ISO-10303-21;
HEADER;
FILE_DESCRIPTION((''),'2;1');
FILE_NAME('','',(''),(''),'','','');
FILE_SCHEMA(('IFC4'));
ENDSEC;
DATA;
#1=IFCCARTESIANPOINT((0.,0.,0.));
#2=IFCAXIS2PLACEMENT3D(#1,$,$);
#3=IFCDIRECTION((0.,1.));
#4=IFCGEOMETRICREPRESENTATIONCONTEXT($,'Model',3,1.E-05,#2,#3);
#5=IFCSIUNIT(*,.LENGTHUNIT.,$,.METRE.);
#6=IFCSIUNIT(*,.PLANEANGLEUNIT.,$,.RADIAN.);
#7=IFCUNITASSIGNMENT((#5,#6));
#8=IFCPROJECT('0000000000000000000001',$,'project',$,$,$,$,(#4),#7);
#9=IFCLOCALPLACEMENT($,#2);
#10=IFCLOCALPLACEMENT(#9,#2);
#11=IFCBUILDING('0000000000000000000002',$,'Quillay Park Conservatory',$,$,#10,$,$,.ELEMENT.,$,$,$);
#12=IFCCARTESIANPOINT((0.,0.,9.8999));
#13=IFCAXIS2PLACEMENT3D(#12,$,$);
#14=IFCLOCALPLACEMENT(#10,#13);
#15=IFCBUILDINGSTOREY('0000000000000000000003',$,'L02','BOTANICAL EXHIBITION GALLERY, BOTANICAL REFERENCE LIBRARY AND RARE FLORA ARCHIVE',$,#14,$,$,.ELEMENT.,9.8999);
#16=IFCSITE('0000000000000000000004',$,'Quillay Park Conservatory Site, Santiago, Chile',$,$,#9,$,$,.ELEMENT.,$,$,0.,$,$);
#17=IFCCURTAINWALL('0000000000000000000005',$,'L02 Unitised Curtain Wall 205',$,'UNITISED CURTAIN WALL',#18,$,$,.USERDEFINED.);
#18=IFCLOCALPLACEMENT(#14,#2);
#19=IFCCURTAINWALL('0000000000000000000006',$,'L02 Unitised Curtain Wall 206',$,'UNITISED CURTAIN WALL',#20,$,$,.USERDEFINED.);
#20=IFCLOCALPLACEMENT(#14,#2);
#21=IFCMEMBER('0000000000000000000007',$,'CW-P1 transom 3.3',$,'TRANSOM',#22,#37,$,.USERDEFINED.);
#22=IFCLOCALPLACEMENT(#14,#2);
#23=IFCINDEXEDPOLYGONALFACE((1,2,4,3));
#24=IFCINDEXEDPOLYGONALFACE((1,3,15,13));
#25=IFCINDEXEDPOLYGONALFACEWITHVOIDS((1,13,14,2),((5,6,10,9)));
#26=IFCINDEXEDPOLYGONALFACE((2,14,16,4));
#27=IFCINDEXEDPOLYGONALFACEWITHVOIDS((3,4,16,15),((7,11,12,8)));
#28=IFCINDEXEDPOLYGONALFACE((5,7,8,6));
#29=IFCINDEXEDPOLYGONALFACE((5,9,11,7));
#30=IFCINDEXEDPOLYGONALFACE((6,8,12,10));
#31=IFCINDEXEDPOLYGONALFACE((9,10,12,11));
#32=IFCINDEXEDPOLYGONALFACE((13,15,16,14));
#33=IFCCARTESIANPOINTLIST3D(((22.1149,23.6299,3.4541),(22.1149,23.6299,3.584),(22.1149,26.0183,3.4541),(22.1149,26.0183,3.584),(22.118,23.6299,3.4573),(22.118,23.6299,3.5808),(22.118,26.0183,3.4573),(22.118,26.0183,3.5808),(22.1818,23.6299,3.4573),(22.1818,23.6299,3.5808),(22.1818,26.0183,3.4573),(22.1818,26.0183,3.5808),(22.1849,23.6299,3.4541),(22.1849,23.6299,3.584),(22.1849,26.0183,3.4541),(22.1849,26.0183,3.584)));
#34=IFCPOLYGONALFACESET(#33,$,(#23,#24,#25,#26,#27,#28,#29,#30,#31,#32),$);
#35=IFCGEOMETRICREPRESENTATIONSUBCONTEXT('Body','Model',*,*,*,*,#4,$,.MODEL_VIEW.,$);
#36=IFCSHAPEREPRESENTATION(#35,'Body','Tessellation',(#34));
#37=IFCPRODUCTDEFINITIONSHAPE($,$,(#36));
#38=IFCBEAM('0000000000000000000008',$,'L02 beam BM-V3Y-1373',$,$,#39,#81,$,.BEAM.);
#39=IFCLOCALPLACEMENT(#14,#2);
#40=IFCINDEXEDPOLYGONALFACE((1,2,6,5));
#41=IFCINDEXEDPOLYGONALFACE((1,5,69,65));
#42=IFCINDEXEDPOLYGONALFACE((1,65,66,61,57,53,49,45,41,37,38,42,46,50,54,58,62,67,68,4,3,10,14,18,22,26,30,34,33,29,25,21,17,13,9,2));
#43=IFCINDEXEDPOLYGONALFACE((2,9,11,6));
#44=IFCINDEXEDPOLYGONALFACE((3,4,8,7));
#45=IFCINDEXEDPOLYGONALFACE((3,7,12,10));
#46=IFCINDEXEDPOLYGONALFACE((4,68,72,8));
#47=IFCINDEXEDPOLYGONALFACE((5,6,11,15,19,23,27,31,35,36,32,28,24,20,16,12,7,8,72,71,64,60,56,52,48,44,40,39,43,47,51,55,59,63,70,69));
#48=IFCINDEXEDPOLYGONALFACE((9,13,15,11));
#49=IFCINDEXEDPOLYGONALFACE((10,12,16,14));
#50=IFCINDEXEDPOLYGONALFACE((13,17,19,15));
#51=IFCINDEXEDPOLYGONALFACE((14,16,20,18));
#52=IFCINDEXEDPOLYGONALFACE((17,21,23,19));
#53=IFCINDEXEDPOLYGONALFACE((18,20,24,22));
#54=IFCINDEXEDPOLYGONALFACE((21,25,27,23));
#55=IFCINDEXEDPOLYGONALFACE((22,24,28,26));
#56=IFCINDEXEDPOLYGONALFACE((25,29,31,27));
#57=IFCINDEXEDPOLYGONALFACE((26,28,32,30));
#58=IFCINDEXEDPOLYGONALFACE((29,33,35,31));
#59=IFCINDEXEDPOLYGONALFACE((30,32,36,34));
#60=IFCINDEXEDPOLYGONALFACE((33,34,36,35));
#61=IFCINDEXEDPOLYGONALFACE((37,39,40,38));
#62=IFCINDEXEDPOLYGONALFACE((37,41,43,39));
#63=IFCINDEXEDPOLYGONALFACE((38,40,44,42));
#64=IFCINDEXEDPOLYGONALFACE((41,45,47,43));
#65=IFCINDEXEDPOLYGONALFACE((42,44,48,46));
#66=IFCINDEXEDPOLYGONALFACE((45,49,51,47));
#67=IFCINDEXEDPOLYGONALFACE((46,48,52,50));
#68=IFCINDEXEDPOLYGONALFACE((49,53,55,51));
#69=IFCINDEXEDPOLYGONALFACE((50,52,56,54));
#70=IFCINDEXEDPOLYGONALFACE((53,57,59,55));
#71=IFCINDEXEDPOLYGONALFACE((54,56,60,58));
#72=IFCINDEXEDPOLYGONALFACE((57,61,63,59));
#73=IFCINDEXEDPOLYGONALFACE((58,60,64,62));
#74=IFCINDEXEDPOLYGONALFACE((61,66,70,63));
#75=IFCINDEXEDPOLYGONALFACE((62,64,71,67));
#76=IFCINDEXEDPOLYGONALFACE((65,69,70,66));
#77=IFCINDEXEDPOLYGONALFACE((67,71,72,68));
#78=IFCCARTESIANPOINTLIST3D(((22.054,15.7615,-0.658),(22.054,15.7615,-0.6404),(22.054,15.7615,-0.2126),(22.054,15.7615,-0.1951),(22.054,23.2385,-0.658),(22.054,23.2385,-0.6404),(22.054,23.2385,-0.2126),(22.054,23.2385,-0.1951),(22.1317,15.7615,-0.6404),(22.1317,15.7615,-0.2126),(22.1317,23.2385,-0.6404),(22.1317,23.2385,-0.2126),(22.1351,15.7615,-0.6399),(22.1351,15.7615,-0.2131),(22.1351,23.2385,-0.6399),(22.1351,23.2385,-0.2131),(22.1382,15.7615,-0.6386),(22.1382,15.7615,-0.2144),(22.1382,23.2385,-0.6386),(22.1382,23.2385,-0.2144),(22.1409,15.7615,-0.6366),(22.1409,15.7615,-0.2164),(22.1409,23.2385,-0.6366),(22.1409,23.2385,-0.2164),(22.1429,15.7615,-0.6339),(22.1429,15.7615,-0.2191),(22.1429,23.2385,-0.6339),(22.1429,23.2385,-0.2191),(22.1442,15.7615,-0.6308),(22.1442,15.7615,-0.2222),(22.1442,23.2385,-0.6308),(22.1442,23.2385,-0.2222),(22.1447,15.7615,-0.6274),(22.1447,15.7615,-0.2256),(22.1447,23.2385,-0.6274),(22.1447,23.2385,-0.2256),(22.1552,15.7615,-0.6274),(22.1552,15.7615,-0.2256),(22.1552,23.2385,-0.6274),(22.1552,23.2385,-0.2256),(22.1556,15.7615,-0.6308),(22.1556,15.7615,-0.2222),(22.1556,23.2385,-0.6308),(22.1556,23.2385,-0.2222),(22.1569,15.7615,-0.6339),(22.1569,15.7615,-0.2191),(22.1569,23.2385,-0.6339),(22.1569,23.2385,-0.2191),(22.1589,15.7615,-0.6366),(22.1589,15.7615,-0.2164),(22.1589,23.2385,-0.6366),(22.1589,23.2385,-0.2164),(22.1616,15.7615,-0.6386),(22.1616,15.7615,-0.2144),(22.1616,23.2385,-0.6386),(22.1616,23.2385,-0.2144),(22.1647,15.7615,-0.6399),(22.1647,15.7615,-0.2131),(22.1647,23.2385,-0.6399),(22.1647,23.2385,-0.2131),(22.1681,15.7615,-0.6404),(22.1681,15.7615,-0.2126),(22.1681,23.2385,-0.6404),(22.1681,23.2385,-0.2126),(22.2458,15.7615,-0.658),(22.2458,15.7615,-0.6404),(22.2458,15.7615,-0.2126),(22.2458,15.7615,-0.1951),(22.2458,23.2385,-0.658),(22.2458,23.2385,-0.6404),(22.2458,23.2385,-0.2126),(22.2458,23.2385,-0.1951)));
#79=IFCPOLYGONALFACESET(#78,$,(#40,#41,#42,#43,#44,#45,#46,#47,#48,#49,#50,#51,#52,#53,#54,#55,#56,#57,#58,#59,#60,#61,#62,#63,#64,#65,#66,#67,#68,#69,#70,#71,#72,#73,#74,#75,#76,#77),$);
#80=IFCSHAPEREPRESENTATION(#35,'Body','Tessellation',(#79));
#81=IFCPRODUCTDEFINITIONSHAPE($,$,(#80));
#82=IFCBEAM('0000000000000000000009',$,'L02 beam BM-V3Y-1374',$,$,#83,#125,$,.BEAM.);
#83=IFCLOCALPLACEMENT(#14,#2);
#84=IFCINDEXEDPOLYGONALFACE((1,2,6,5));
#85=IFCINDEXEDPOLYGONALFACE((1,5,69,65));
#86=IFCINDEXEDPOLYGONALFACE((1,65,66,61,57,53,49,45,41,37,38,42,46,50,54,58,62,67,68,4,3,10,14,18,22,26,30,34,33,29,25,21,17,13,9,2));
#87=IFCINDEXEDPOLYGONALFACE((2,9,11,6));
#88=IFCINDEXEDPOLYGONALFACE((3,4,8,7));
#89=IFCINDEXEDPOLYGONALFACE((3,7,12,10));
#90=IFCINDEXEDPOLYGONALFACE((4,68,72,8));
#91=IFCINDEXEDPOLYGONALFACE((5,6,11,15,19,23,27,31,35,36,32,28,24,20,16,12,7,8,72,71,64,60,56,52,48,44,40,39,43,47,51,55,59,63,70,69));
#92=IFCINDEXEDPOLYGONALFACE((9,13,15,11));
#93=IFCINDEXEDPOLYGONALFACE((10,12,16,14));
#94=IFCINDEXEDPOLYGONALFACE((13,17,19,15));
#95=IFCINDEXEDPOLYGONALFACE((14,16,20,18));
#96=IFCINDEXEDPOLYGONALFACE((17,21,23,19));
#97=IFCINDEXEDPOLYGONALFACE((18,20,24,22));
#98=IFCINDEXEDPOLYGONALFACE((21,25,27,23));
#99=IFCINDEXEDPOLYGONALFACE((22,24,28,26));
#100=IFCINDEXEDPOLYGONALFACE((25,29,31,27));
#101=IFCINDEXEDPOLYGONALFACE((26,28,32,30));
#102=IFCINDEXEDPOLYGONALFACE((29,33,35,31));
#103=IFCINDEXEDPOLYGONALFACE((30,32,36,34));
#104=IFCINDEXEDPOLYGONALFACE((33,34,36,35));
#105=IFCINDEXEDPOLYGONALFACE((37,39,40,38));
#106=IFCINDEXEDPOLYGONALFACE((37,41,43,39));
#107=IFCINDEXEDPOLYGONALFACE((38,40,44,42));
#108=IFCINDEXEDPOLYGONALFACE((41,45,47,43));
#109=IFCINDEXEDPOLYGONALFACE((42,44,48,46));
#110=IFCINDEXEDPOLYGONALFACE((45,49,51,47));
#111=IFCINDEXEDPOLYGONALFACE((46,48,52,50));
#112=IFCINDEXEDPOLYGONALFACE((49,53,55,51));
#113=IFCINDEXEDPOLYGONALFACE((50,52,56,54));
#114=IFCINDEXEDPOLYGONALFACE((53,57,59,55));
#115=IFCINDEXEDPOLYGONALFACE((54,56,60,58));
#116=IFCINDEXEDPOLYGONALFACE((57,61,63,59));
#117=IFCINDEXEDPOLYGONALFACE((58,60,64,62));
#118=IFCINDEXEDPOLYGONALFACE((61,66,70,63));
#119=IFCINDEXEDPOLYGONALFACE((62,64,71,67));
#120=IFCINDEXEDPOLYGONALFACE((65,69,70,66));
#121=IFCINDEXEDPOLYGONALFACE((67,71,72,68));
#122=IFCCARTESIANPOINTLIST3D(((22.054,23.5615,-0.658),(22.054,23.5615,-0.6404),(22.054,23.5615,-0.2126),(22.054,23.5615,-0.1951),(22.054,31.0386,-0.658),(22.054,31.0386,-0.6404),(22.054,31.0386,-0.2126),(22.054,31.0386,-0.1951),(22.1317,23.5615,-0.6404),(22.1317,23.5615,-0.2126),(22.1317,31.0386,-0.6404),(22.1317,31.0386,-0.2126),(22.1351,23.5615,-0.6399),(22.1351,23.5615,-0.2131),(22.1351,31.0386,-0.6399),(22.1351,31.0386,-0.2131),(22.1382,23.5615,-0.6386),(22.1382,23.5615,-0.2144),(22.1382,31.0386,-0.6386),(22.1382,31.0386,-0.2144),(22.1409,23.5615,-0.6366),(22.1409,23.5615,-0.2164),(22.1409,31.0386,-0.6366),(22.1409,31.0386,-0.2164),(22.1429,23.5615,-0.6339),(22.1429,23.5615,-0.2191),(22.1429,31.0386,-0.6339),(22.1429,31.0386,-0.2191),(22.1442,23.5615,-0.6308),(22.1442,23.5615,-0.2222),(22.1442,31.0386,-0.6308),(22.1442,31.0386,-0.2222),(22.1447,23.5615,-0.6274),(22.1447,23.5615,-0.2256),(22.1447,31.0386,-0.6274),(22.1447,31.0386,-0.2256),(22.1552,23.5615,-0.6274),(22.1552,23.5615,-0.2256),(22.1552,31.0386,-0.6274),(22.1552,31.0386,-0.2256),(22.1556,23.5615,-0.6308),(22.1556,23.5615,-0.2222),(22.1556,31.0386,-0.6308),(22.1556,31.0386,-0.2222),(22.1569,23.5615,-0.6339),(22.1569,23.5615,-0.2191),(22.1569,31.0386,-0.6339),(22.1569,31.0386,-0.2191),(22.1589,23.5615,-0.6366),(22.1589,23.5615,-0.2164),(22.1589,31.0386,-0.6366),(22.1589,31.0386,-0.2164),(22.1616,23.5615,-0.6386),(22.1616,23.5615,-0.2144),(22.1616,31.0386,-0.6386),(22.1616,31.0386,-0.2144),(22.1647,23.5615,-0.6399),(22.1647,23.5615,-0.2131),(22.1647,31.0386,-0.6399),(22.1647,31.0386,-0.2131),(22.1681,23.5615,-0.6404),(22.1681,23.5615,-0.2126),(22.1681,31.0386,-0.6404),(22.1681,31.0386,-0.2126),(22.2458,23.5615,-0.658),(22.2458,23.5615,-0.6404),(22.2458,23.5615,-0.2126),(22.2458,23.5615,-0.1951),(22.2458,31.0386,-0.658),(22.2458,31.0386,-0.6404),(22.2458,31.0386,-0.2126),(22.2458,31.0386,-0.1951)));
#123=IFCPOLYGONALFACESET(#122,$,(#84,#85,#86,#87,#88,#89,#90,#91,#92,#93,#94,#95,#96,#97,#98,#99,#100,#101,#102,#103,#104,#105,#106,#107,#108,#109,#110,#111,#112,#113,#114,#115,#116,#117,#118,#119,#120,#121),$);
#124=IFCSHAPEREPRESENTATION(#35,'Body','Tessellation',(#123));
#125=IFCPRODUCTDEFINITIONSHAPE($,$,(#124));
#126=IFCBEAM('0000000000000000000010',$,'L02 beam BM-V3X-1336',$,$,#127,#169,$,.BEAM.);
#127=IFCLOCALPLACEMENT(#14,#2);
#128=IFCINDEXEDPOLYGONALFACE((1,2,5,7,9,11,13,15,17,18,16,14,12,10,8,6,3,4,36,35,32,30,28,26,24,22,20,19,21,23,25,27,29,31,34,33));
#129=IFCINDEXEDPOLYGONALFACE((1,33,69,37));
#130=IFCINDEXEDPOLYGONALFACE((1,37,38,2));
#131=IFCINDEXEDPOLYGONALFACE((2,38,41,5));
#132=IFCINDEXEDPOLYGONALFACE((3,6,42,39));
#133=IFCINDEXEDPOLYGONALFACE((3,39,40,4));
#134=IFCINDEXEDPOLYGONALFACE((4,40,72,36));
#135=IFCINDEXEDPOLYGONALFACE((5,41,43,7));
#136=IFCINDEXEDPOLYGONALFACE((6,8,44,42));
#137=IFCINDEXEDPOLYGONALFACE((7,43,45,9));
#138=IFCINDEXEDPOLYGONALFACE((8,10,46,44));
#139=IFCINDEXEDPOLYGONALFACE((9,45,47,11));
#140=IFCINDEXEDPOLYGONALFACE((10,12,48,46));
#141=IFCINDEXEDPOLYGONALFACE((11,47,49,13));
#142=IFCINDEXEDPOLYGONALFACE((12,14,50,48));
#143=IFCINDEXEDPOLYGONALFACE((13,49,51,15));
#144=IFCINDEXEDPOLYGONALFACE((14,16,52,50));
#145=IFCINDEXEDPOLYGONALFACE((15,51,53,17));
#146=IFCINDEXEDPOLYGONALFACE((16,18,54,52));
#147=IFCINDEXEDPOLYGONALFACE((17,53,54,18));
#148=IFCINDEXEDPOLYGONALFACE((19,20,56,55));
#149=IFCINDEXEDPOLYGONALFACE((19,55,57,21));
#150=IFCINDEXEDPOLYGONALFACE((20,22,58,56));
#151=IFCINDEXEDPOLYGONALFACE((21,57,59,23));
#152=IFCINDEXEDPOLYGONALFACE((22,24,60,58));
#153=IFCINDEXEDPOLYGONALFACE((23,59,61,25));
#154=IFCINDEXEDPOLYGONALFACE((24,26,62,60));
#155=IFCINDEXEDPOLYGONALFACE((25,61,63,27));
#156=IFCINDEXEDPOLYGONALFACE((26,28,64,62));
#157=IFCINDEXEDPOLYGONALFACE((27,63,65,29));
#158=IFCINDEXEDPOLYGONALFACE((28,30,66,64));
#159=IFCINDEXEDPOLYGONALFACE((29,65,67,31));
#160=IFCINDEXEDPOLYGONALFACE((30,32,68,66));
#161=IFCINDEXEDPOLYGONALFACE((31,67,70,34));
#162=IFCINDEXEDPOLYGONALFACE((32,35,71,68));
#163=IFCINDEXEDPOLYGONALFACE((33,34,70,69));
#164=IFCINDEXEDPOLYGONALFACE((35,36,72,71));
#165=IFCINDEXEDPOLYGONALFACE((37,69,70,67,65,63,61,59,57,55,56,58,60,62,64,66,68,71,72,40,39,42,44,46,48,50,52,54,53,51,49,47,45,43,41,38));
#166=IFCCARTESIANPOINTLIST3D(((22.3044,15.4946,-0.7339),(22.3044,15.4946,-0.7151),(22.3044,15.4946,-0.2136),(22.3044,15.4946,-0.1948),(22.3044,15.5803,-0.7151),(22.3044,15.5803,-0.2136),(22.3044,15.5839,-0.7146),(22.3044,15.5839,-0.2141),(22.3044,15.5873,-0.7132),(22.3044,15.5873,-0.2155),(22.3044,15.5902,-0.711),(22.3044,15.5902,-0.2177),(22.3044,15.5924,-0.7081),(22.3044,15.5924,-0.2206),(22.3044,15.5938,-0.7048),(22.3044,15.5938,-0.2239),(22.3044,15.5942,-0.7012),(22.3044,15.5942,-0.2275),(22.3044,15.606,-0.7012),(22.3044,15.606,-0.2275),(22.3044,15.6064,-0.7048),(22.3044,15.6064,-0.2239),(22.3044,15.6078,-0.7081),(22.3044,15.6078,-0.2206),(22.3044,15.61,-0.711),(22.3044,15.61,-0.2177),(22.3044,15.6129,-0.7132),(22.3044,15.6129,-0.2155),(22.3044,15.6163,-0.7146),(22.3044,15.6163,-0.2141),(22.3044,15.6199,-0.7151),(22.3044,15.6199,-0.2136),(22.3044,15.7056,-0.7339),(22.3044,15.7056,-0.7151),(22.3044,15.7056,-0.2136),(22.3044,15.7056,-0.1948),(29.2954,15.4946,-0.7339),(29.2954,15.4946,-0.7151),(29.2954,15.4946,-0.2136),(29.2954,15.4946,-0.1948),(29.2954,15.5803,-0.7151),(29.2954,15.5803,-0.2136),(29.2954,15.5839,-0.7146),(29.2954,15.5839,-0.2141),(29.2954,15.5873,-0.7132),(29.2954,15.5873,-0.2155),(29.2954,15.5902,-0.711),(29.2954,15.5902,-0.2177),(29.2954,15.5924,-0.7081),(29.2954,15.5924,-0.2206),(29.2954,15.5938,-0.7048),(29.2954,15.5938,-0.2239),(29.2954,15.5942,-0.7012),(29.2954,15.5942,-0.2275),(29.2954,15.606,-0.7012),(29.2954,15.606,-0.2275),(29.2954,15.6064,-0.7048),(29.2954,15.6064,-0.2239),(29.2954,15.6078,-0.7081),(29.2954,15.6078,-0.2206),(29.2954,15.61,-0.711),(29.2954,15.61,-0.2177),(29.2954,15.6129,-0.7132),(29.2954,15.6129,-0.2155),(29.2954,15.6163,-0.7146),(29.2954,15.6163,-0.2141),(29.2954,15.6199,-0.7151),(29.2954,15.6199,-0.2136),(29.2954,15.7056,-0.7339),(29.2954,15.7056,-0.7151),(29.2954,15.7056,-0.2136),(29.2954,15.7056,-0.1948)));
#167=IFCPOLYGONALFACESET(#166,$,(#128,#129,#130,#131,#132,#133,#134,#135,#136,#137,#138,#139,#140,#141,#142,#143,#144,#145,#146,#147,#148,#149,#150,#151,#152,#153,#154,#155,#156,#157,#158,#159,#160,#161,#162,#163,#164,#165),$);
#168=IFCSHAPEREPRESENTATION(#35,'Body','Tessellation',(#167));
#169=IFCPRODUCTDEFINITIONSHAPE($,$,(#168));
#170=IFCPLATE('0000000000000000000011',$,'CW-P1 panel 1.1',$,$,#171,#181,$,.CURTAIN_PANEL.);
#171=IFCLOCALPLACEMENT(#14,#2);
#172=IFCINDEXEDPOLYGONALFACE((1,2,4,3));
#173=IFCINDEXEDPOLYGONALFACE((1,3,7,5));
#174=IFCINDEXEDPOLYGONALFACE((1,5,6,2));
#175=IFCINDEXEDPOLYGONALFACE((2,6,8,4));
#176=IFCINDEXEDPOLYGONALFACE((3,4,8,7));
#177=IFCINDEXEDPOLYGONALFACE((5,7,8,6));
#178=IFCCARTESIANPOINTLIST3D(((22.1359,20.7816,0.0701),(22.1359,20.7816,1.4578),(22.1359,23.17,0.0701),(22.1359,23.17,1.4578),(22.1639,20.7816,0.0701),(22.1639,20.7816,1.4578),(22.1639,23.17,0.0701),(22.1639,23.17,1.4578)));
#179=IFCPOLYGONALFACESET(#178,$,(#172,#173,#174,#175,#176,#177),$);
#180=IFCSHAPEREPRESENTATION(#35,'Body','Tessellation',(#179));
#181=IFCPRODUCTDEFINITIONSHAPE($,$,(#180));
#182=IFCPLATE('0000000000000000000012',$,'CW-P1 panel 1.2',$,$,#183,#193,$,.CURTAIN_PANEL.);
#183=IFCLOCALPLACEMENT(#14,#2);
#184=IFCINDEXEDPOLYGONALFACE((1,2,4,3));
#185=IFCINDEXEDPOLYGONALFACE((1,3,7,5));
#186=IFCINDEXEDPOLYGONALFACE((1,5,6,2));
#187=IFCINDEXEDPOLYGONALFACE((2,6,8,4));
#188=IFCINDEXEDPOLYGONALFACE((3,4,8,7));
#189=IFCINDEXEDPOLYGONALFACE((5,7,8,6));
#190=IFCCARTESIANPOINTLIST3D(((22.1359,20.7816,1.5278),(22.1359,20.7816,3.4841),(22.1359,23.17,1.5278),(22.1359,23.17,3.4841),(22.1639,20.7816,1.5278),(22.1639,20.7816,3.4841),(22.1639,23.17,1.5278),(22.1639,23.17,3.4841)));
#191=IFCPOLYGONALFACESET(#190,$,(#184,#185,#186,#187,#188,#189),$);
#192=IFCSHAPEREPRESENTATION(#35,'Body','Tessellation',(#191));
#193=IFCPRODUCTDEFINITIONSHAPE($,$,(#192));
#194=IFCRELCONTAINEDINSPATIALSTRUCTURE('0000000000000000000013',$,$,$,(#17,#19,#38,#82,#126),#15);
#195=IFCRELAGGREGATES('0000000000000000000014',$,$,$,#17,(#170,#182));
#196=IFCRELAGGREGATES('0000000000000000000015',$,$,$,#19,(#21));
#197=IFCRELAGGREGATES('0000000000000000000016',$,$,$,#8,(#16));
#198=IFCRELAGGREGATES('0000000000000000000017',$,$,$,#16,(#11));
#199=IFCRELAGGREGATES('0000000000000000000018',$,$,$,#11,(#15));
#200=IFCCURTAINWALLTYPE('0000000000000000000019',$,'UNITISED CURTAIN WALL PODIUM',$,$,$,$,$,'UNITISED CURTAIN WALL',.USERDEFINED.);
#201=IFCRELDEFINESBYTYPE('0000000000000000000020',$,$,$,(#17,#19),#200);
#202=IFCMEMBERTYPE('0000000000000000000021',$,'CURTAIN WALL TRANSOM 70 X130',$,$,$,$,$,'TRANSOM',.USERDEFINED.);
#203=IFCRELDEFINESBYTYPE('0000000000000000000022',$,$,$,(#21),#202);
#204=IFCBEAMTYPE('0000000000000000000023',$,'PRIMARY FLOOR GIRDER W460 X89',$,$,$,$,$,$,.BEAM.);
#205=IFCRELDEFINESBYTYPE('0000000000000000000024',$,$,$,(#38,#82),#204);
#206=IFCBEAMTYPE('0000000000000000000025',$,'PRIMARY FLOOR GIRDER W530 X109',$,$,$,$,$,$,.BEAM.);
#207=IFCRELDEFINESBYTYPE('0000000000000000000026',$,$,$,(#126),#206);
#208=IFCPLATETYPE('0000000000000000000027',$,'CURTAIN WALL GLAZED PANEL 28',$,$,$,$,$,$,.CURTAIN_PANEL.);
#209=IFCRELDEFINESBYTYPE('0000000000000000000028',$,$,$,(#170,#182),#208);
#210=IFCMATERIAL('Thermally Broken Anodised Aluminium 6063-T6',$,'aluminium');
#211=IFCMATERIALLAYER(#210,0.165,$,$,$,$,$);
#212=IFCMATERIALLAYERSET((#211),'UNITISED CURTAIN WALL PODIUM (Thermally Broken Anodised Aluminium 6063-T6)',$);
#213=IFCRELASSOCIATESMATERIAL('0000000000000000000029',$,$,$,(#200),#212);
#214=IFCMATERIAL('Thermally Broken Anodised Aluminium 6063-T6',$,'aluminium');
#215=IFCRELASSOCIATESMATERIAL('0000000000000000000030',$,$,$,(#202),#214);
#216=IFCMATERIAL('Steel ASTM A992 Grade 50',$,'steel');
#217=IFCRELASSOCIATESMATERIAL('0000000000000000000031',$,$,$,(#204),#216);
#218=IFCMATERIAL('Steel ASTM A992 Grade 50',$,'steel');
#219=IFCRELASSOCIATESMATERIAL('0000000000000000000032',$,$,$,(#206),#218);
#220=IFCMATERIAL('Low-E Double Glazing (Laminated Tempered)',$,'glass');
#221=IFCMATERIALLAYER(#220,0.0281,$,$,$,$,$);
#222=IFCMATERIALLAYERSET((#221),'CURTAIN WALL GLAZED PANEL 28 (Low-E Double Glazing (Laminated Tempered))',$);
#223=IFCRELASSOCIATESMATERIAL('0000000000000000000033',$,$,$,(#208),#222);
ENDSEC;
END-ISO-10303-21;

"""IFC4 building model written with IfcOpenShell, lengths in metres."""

from ifc_helpers import new_model, si_unit, direction, frame, origin, origin_2d, place, context, subcontext, project, spatial, rectangle, hollow_rectangle, i_section, extrude, material, layer, layer_set, material_profile, profile_set, type_object, element, aggregate, save


model = new_model("IFC4")

# Units and contexts
model_context = context("Model", 3, precision=1e-05, world=origin(), true_north=direction((0.0, 1.0)))
body_context = subcontext(model_context, "Body", "Model", "MODEL_VIEW")
ifc_project = project(units=[si_unit("LENGTHUNIT", "METRE"), si_unit("PLANEANGLEUNIT", "RADIAN")], contexts=[model_context])

# Site, building, storey
site_placement = place(None, origin())
site = spatial("IfcSite", under=ifc_project, at=site_placement, Name="Quillay Park Conservatory Site, Santiago, Chile", CompositionType="ELEMENT", RefElevation=0.0)
building_placement = place(site_placement, origin())
building = spatial("IfcBuilding", under=site, at=building_placement, Name="Quillay Park Conservatory", CompositionType="ELEMENT")
storey_placement = place(building_placement, frame((0.0, 0.0, 9.8999)))
storey = spatial("IfcBuildingStorey", under=building, at=storey_placement, Name="L02", Description="BOTANICAL EXHIBITION GALLERY, BOTANICAL REFERENCE LIBRARY AND RARE FLORA ARCHIVE", CompositionType="ELEMENT", Elevation=9.8999)

# Curtain walls
ifc_material_1 = material(Name="Thermally Broken Anodised Aluminium 6063-T6", Category="aluminium")
ifc_layer_1 = layer(ifc_material_1, 0.165)
ifc_layer_set_1 = layer_set([ifc_layer_1], Name="UNITISED CURTAIN WALL PODIUM (Thermally Broken Anodised Aluminium 6063-T6)")
curtain_wall_type = type_object("IfcCurtainWallType", Name="UNITISED CURTAIN WALL PODIUM", ElementType="UNITISED CURTAIN WALL", PredefinedType="USERDEFINED", material=ifc_layer_set_1)
curtain_wall_1_placement = place(storey_placement, origin())
curtain_wall_1 = element("IfcCurtainWall", 1, at=curtain_wall_1_placement, inside=storey, type_object=curtain_wall_type, Name="L02 Unitised Curtain Wall 205", ObjectType="UNITISED CURTAIN WALL", PredefinedType="USERDEFINED")
curtain_wall_2_placement = place(storey_placement, origin())
curtain_wall_2 = element("IfcCurtainWall", 2, at=curtain_wall_2_placement, inside=storey, type_object=curtain_wall_type, Name="L02 Unitised Curtain Wall 206", ObjectType="UNITISED CURTAIN WALL", PredefinedType="USERDEFINED")

# Member
ifc_material_2 = material(Name="Thermally Broken Anodised Aluminium 6063-T6", Category="aluminium")
ifc_material_profile_1 = material_profile(ifc_material_2, hollow_rectangle(XDim=0.0701, YDim=0.1299, WallThickness=0.0032, at=origin_2d()), Name="AL70x130x3.2")
ifc_profile_set_1 = profile_set([ifc_material_profile_1], Name="Thermally Broken Anodised Aluminium 6063-T6")
member_type_1 = type_object("IfcMemberType", Name="CURTAIN WALL TRANSOM 70 X130", ElementType="TRANSOM", PredefinedType="USERDEFINED", material=ifc_profile_set_1)
member_1_placement = place(storey_placement, frame((22.1499, 26.0183, 3.519), z_axis=(0.0, -1.0, 0.0), x_axis=(1.0, 0.0, 0.0)))
member_1 = element("IfcMember", 3, at=member_1_placement, type_object=member_type_1, Name="CW-P1 transom 3.3", ObjectType="TRANSOM", PredefinedType="USERDEFINED", context=body_context, shape_type="SweptSolid", body=[
    extrude(hollow_rectangle(XDim=0.0701, YDim=0.1299, WallThickness=0.0032, at=origin_2d()), origin(), (0.0, 0.0, 1.0), 2.3884),
])

# Beams
ifc_material_3 = material(Name="Steel ASTM A992 Grade 50", Category="steel")
ifc_material_profile_2 = material_profile(ifc_material_3, i_section(OverallWidth=0.1919, OverallDepth=0.4629, WebThickness=0.0105, FlangeThickness=0.0176, FilletRadius=0.0129, at=origin_2d()), Name="W460x89")
ifc_profile_set_2 = profile_set([ifc_material_profile_2], Name="Steel ASTM A992 Grade 50")
beam_type_1 = type_object("IfcBeamType", Name="PRIMARY FLOOR GIRDER W460 X89", PredefinedType="BEAM", material=ifc_profile_set_2)
for number, where, z_axis, x_axis, name in (
    (4, (22.1499, 15.7615, -0.4265), (0.0, 1.0, 0.0), (-1.0, 0.0, 0.0), "L02 beam BM-V3Y-1373"),
    (5, (22.1499, 23.5615, -0.4265), (0.0, 1.0, 0.0), (-1.0, 0.0, 0.0), "L02 beam BM-V3Y-1374"),
):
    element("IfcBeam", number, at=place(storey_placement, frame(where, z_axis=z_axis, x_axis=x_axis)), inside=storey, type_object=beam_type_1, Name=name, PredefinedType="BEAM", context=body_context, shape_type="SweptSolid", body=[
        extrude(i_section(OverallWidth=0.1919, OverallDepth=0.4629, WebThickness=0.0105, FlangeThickness=0.0176, FilletRadius=0.0129, at=origin_2d()), origin(), (0.0, 0.0, 1.0), 7.4771),
    ])
ifc_material_4 = material(Name="Steel ASTM A992 Grade 50", Category="steel")
ifc_material_profile_3 = material_profile(ifc_material_4, i_section(OverallWidth=0.2109, OverallDepth=0.5391, WebThickness=0.0117, FlangeThickness=0.0188, FilletRadius=0.0139, at=origin_2d()), Name="W530x109")
ifc_profile_set_3 = profile_set([ifc_material_profile_3], Name="Steel ASTM A992 Grade 50")
beam_type_2 = type_object("IfcBeamType", Name="PRIMARY FLOOR GIRDER W530 X109", PredefinedType="BEAM", material=ifc_profile_set_3)
beam_placement = place(storey_placement, frame((22.3044, 15.6001, -0.4644), z_axis=(1.0, 0.0, 0.0), x_axis=(0.0, 1.0, 0.0)))
element("IfcBeam", 6, at=beam_placement, inside=storey, type_object=beam_type_2, Name="L02 beam BM-V3X-1336", PredefinedType="BEAM", context=body_context, shape_type="SweptSolid", body=[
    extrude(i_section(OverallWidth=0.2109, OverallDepth=0.5391, WebThickness=0.0117, FlangeThickness=0.0188, FilletRadius=0.0139, at=origin_2d()), origin(), (0.0, 0.0, 1.0), 6.991),
])

# Plates
ifc_material_5 = material(Name="Low-E Double Glazing (Laminated Tempered)", Category="glass")
ifc_layer_2 = layer(ifc_material_5, 0.0281)
ifc_layer_set_2 = layer_set([ifc_layer_2], Name="CURTAIN WALL GLAZED PANEL 28 (Low-E Double Glazing (Laminated Tempered))")
plate_type = type_object("IfcPlateType", Name="CURTAIN WALL GLAZED PANEL 28", PredefinedType="CURTAIN_PANEL", material=ifc_layer_set_2)
plate_1_placement = place(storey_placement, frame((22.1499, 21.9758, 0.0701), z_axis=(0.0, 0.0, 1.0), x_axis=(0.0, -1.0, 0.0)))
plate_1 = element("IfcPlate", 7, at=plate_1_placement, type_object=plate_type, Name="CW-P1 panel 1.1", PredefinedType="CURTAIN_PANEL", context=body_context, shape_type="SweptSolid", body=[
    extrude(rectangle(XDim=2.3884, YDim=0.0281, at=origin_2d()), origin(), (0.0, 0.0, 1.0), 1.3877),
])
plate_2_placement = place(storey_placement, frame((22.1499, 21.9758, 1.5278), z_axis=(0.0, 0.0, 1.0), x_axis=(0.0, -1.0, 0.0)))
plate_2 = element("IfcPlate", 8, at=plate_2_placement, type_object=plate_type, Name="CW-P1 panel 1.2", PredefinedType="CURTAIN_PANEL", context=body_context, shape_type="SweptSolid", body=[
    extrude(rectangle(XDim=2.3884, YDim=0.0281, at=origin_2d()), origin(), (0.0, 0.0, 1.0), 1.9563),
])
aggregate(curtain_wall_1, [plate_1, plate_2])
aggregate(curtain_wall_2, [member_1])

save(model, "model.ifc")
